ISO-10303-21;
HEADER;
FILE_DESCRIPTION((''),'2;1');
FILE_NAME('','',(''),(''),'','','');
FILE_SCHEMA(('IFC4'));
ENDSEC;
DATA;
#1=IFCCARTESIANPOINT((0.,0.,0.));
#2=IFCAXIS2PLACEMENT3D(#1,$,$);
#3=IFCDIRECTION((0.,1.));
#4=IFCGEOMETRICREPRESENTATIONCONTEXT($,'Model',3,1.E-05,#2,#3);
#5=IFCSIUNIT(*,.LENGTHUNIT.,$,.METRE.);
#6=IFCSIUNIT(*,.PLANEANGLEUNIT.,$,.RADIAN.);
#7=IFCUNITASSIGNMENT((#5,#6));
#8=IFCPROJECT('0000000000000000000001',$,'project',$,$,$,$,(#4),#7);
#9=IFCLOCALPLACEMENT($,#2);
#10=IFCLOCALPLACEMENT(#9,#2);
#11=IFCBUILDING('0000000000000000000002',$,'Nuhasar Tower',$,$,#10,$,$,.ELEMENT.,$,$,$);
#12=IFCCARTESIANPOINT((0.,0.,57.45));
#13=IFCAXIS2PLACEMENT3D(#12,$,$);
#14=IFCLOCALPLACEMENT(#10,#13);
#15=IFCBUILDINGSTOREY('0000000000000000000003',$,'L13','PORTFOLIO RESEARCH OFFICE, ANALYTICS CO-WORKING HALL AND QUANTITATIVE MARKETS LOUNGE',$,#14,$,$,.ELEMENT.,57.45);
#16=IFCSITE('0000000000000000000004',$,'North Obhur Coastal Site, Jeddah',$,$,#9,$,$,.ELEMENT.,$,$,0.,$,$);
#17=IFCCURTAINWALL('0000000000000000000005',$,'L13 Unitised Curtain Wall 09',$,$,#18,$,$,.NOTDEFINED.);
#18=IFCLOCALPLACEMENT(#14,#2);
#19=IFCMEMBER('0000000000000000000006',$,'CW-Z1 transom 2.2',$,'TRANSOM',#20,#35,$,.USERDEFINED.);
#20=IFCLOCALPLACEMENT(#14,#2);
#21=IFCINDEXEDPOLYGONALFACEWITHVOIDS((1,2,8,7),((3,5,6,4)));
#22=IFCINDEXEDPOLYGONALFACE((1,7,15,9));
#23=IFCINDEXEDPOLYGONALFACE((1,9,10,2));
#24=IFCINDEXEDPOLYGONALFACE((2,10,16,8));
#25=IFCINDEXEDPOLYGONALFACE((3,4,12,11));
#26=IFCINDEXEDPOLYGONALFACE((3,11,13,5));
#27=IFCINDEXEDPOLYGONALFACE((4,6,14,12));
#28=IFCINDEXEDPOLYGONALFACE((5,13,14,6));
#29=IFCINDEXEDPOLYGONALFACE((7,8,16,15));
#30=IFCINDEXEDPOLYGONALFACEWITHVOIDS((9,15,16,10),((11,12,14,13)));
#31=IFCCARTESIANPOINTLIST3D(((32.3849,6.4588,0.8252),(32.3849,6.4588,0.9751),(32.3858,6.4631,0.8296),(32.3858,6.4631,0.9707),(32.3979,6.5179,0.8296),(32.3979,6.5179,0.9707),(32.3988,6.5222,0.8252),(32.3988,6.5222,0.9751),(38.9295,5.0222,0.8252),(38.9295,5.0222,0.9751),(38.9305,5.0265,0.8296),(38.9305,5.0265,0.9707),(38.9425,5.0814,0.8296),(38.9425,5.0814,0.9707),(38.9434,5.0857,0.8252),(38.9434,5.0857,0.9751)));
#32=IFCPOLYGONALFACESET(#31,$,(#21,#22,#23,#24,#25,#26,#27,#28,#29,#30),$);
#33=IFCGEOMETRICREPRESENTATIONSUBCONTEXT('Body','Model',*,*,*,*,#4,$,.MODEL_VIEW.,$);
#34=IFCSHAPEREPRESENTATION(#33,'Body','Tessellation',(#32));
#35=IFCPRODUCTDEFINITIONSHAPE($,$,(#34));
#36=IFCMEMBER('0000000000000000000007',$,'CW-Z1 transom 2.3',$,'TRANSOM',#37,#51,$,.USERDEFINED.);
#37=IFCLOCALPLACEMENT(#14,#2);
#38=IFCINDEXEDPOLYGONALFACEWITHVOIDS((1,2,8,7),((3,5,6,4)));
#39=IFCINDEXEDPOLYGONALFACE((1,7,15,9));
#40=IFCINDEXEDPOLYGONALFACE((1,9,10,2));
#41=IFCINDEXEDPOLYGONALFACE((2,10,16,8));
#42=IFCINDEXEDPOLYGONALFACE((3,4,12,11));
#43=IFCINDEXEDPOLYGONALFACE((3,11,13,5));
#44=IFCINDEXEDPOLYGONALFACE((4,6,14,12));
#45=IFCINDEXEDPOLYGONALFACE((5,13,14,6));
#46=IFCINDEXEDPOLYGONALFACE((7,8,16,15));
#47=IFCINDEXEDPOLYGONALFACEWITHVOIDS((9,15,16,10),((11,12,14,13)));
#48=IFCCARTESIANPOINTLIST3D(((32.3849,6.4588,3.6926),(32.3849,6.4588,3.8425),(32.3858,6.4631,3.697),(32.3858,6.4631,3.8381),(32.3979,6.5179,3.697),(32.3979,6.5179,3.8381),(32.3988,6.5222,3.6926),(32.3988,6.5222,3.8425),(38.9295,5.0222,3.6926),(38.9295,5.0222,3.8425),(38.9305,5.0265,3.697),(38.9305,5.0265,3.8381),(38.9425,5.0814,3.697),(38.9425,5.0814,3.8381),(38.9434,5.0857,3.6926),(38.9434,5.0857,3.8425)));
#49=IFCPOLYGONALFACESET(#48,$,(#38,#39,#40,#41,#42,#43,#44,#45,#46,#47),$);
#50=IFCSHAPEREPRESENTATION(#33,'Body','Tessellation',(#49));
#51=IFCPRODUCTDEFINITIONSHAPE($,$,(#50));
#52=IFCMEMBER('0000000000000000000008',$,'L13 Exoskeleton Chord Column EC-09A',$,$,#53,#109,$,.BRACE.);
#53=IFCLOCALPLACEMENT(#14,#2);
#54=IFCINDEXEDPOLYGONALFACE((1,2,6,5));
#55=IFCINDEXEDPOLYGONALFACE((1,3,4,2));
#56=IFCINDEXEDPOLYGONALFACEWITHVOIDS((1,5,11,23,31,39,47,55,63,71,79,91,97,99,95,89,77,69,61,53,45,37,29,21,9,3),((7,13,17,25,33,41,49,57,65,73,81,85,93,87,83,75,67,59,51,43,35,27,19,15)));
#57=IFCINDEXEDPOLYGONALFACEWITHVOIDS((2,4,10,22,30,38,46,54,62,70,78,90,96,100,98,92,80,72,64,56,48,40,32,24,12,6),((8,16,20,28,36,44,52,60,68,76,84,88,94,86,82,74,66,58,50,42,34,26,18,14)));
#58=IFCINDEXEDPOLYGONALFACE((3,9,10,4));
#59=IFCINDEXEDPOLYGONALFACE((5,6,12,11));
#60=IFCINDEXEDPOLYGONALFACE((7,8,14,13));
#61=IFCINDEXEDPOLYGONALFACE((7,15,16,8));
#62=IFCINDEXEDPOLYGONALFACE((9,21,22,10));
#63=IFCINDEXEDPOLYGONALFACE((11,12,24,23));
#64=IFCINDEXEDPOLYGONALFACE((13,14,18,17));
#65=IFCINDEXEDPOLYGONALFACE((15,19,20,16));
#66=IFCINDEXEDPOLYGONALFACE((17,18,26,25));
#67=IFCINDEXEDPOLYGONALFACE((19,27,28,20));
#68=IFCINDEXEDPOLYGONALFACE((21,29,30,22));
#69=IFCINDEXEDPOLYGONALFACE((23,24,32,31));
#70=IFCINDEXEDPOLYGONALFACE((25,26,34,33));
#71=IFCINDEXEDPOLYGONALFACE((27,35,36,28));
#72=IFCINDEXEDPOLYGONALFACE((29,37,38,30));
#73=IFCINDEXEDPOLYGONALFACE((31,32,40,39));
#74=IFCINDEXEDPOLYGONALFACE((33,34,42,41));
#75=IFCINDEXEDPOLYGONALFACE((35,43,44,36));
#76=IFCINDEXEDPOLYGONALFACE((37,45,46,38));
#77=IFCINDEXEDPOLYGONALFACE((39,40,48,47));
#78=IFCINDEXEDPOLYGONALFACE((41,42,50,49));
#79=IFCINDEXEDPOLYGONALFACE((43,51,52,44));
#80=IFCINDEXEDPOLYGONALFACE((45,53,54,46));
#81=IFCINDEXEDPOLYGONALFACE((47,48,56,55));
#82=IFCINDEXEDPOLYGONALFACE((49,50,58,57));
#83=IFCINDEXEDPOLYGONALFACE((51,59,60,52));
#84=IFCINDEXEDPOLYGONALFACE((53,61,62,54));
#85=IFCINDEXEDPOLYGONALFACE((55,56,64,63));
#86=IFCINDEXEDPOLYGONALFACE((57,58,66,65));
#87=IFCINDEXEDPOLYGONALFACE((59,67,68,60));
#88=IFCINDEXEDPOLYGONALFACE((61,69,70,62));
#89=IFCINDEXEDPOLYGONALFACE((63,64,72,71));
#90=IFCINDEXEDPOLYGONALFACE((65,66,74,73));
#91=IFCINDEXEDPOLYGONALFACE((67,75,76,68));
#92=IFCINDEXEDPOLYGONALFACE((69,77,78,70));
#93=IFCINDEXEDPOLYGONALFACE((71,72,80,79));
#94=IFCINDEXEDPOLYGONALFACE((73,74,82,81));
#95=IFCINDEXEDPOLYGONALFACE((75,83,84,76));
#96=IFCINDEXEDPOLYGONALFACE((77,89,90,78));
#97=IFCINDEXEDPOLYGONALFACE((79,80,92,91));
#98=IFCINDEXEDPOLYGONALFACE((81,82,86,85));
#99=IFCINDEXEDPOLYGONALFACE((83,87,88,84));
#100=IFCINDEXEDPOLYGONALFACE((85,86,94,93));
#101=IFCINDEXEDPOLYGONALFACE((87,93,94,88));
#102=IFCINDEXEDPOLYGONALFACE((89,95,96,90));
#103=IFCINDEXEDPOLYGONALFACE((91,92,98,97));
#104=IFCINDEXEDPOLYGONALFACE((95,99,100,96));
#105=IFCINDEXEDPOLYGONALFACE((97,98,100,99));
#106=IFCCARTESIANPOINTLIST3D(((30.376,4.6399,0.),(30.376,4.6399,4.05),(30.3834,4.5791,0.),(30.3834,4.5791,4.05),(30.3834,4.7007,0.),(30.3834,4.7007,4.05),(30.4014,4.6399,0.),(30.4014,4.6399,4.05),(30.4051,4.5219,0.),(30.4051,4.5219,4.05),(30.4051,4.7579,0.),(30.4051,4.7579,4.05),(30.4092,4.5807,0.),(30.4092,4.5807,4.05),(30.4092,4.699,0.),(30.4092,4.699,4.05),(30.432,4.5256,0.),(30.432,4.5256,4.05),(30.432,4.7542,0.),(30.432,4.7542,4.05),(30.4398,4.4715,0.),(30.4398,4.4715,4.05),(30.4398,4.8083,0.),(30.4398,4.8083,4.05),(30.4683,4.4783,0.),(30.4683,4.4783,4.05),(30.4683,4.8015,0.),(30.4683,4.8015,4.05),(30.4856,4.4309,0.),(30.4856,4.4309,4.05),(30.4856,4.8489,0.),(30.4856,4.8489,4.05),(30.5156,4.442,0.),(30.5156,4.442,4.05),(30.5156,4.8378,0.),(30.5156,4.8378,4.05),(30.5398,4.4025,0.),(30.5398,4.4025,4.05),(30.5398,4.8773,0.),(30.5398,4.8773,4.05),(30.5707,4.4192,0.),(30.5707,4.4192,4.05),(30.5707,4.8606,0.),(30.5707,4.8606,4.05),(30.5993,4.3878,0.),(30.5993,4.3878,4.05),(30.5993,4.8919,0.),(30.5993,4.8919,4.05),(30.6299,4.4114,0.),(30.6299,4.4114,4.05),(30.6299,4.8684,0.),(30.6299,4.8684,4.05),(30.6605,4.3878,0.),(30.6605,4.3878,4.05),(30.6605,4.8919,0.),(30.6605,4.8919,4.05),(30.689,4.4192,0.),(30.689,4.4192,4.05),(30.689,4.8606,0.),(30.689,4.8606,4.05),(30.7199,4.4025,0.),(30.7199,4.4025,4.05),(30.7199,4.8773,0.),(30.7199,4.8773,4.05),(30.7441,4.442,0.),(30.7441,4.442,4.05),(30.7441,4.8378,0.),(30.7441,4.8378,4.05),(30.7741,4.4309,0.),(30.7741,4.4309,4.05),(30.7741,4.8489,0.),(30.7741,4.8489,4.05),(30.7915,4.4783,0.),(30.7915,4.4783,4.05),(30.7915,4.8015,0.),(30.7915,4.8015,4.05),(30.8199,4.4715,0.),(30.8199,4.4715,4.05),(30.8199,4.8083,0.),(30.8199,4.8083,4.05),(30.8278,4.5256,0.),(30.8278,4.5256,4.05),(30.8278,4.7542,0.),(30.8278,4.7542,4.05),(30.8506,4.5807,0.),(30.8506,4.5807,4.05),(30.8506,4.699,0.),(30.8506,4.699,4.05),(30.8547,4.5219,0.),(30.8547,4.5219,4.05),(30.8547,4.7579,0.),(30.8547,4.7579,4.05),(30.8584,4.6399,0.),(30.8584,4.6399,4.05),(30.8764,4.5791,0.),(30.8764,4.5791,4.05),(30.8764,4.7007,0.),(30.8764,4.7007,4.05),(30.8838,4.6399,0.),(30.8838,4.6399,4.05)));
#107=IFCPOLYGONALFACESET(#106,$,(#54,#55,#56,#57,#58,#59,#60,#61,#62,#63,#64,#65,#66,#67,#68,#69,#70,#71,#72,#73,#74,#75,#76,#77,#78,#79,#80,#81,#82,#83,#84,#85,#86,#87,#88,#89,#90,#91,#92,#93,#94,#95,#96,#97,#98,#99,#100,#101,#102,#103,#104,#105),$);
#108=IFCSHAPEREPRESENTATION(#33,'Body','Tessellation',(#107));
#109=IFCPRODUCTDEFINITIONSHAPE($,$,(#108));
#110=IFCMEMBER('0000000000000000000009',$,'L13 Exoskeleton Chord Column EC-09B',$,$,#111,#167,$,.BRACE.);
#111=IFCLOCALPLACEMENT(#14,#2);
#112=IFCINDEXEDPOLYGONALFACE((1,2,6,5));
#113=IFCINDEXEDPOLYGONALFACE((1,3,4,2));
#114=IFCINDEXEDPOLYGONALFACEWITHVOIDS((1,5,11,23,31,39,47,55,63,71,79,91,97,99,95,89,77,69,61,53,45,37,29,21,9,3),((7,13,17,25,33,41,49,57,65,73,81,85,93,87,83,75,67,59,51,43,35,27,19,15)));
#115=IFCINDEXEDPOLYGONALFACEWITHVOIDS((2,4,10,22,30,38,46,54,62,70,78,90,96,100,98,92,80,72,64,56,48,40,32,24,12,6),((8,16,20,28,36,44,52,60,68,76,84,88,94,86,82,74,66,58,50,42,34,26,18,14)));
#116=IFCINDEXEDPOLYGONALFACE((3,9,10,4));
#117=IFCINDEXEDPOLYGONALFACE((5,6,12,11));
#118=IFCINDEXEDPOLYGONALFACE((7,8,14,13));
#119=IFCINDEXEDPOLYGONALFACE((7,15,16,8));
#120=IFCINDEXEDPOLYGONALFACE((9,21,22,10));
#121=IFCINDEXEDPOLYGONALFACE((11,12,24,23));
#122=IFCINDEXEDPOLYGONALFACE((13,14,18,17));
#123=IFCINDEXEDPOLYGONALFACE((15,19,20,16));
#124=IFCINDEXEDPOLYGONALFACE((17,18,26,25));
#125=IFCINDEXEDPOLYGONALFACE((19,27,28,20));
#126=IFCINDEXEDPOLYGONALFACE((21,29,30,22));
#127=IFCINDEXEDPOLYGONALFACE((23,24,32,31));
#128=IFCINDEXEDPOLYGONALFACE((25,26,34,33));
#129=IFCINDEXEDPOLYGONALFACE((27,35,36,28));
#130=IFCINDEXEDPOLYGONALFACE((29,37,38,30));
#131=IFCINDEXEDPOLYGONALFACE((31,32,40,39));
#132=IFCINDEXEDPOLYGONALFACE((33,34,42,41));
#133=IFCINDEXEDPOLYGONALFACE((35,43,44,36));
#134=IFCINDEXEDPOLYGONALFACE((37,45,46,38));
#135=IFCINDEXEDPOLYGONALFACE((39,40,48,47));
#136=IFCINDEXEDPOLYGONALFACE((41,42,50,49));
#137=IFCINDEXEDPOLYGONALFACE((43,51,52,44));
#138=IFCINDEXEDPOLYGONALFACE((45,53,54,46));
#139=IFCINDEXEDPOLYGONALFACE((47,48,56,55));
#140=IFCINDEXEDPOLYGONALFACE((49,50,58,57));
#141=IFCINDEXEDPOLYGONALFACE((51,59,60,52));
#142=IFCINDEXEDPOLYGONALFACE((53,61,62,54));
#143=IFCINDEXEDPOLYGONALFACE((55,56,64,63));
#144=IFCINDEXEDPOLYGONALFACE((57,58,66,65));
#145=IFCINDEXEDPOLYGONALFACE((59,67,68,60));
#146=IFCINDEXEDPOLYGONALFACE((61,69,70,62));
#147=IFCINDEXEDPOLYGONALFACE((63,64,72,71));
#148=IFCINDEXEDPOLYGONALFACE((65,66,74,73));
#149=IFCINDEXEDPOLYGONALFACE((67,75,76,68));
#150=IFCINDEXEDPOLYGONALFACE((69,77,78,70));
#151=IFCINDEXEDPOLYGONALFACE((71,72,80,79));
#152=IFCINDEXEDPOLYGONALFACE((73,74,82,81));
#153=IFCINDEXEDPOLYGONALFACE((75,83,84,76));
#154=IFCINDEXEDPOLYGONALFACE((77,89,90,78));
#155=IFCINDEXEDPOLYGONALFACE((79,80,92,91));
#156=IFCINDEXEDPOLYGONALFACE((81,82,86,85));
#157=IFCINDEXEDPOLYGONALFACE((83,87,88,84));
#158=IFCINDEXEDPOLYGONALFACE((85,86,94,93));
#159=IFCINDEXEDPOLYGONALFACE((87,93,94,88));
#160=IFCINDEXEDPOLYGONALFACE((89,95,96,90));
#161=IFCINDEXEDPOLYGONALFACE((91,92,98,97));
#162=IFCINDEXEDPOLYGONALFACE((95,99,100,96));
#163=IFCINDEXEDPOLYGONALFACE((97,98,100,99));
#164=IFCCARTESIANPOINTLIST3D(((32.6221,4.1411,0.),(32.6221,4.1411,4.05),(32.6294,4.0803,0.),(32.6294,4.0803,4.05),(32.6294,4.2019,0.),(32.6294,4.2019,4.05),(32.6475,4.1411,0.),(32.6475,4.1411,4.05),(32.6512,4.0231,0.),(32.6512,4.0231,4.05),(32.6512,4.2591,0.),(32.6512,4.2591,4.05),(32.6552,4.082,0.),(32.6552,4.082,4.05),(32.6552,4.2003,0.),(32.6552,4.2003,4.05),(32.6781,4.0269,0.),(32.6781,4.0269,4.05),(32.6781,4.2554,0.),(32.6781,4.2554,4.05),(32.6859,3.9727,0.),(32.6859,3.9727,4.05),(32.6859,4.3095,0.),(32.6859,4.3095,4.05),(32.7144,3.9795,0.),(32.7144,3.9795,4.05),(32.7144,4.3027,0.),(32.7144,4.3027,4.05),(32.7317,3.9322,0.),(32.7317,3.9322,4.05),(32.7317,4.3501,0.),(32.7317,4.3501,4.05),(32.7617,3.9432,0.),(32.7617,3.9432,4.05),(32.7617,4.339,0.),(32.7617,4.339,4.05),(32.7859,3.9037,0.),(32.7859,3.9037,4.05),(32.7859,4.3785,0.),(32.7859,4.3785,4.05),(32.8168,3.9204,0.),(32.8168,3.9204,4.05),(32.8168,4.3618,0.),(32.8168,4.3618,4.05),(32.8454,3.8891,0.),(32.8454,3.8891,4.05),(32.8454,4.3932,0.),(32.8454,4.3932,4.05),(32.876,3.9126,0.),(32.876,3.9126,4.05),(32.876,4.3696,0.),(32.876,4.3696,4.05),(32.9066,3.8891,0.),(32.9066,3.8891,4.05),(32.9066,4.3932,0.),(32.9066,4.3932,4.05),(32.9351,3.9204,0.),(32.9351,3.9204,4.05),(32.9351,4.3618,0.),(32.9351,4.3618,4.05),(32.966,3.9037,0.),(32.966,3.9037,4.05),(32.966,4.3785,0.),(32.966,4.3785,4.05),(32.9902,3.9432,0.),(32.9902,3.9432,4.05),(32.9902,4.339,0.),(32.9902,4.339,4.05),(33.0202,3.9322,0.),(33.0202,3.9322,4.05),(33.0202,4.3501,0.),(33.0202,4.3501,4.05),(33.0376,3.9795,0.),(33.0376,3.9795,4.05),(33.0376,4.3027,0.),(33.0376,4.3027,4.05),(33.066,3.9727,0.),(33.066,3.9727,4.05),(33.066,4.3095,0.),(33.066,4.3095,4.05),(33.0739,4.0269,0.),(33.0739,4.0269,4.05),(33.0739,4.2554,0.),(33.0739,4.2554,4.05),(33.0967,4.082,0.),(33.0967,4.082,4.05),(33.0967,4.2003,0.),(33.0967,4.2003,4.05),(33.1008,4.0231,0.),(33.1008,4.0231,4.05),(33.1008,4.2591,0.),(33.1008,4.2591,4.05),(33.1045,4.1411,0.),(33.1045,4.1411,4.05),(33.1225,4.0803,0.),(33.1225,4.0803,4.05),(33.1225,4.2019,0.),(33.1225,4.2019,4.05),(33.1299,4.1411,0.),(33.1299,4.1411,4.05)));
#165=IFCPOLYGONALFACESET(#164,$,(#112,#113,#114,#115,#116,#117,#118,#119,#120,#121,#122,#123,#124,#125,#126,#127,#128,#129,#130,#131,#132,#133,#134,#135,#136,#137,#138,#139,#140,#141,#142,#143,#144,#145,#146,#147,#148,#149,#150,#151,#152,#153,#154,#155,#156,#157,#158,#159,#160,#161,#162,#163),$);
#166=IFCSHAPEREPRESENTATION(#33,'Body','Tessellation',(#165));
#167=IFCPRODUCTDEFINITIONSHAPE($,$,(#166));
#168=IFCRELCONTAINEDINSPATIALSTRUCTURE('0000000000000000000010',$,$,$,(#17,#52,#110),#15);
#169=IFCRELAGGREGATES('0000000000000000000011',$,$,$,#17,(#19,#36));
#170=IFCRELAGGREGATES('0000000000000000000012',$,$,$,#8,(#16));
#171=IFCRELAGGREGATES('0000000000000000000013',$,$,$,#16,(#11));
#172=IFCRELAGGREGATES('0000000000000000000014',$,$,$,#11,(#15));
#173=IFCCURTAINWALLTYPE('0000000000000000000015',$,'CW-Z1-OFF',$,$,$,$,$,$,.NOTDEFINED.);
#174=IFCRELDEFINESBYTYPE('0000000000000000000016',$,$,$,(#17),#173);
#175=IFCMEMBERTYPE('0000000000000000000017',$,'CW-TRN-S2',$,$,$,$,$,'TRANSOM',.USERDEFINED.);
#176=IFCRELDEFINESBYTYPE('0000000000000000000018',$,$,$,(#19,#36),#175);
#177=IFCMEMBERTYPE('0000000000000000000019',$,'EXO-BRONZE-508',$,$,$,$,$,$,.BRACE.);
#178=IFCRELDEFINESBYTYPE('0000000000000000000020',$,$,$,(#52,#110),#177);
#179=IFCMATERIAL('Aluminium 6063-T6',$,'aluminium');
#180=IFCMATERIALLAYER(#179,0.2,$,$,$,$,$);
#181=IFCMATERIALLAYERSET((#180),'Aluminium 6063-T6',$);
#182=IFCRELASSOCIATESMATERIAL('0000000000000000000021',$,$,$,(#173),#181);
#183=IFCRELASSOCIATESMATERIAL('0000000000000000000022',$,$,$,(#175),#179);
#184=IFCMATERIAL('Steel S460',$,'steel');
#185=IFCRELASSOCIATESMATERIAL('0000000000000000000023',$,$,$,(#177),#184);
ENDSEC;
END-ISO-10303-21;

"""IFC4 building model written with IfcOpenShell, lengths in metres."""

from ifc_helpers import new_model, si_unit, direction, frame, origin, origin_2d, place, context, subcontext, project, spatial, hollow_rectangle, hollow_circle, extrude, material, layer, layer_set, material_profile, profile_set, type_object, element, aggregate, save


model = new_model("IFC4")

# Units and contexts
model_context = context("Model", 3, precision=1e-05, world=origin(), true_north=direction((0.0, 1.0)))
body_context = subcontext(model_context, "Body", "Model", "MODEL_VIEW")
ifc_project = project(units=[si_unit("LENGTHUNIT", "METRE"), si_unit("PLANEANGLEUNIT", "RADIAN")], contexts=[model_context])

# Site, building, storey
site_placement = place(None, origin())
site = spatial("IfcSite", under=ifc_project, at=site_placement, Name="North Obhur Coastal Site, Jeddah", CompositionType="ELEMENT", RefElevation=0.0)
building_placement = place(site_placement, origin())
building = spatial("IfcBuilding", under=site, at=building_placement, Name="Nuhasar Tower", CompositionType="ELEMENT")
storey_placement = place(building_placement, frame((0.0, 0.0, 57.45)))
storey = spatial("IfcBuildingStorey", under=building, at=storey_placement, Name="L13", Description="PORTFOLIO RESEARCH OFFICE, ANALYTICS CO-WORKING HALL AND QUANTITATIVE MARKETS LOUNGE", CompositionType="ELEMENT", Elevation=57.45)

# Curtain wall, members
ifc_material_1 = material(Name="Aluminium 6063-T6", Category="aluminium")
ifc_layer_1 = layer(ifc_material_1, 0.2)
ifc_layer_set_1 = layer_set([ifc_layer_1], Name="Aluminium 6063-T6")
curtain_wall_type = type_object("IfcCurtainWallType", Name="CW-Z1-OFF", PredefinedType="NOTDEFINED", material=ifc_layer_set_1)
curtain_wall_placement = place(storey_placement, origin())
curtain_wall = element("IfcCurtainWall", 1, at=curtain_wall_placement, inside=storey, type_object=curtain_wall_type, Name="L13 Unitised Curtain Wall 09", PredefinedType="NOTDEFINED")
ifc_material_profile_1 = material_profile(ifc_material_1, hollow_rectangle(XDim=0.0649, YDim=0.1499, WallThickness=0.0044, at=origin_2d()), Name="CWT-2")
ifc_profile_set_1 = profile_set([ifc_material_profile_1], Name="Aluminium 6063-T6")
member_type_1 = type_object("IfcMemberType", Name="CW-TRN-S2", ElementType="TRANSOM", PredefinedType="USERDEFINED", material=ifc_profile_set_1)
member_1_placement = place(storey_placement, frame((32.3918, 6.4905, 0.9001), z_axis=(0.976748, -0.214391, 0.0), x_axis=(0.214391, 0.976748, 0.0)))
member_1 = element("IfcMember", 2, at=member_1_placement, type_object=member_type_1, Name="CW-Z1 transom 2.2", ObjectType="TRANSOM", PredefinedType="USERDEFINED", context=body_context, shape_type="SweptSolid", body=[
    extrude(hollow_rectangle(XDim=0.0649, YDim=0.1499, WallThickness=0.0044, at=origin_2d()), origin(), (0.0, 0.0, 1.0), 6.7004),
])
member_2_placement = place(storey_placement, frame((32.3918, 6.4905, 3.7676), z_axis=(0.976748, -0.214391, 0.0), x_axis=(0.214391, 0.976748, 0.0)))
member_2 = element("IfcMember", 3, at=member_2_placement, type_object=member_type_1, Name="CW-Z1 transom 2.3", ObjectType="TRANSOM", PredefinedType="USERDEFINED", context=body_context, shape_type="SweptSolid", body=[
    extrude(hollow_rectangle(XDim=0.0649, YDim=0.1499, WallThickness=0.0044, at=origin_2d()), origin(), (0.0, 0.0, 1.0), 6.7004),
])

# Members
ifc_material_2 = material(Name="Steel S460", Category="steel")
ifc_material_profile_2 = material_profile(ifc_material_2, hollow_circle(Radius=0.2539, WallThickness=0.0254, at=origin_2d()), Name="HSS508X25.4")
ifc_profile_set_2 = profile_set([ifc_material_profile_2], Name="Steel S460")
member_type_2 = type_object("IfcMemberType", Name="EXO-BRONZE-508", PredefinedType="BRACE", material=ifc_profile_set_2)
for number, where, z_axis, x_axis, name in (
    (4, (30.6299, 4.6399, 0.0), (0.0, 0.0, 1.0), (1.0, 0.0, 0.0), "L13 Exoskeleton Chord Column EC-09A"),
    (5, (32.876, 4.1411, 0.0), (0.0, 0.0, 1.0), (1.0, 0.0, 0.0), "L13 Exoskeleton Chord Column EC-09B"),
):
    element("IfcMember", number, at=place(storey_placement, frame(where, z_axis=z_axis, x_axis=x_axis)), inside=storey, type_object=member_type_2, Name=name, PredefinedType="BRACE", context=body_context, shape_type="SweptSolid", body=[
        extrude(hollow_circle(Radius=0.2539, WallThickness=0.0254, at=origin_2d()), origin(), (0.0, 0.0, 1.0), 4.05),
    ])

aggregate(curtain_wall, [member_1, member_2])

save(model, "model.ifc")
